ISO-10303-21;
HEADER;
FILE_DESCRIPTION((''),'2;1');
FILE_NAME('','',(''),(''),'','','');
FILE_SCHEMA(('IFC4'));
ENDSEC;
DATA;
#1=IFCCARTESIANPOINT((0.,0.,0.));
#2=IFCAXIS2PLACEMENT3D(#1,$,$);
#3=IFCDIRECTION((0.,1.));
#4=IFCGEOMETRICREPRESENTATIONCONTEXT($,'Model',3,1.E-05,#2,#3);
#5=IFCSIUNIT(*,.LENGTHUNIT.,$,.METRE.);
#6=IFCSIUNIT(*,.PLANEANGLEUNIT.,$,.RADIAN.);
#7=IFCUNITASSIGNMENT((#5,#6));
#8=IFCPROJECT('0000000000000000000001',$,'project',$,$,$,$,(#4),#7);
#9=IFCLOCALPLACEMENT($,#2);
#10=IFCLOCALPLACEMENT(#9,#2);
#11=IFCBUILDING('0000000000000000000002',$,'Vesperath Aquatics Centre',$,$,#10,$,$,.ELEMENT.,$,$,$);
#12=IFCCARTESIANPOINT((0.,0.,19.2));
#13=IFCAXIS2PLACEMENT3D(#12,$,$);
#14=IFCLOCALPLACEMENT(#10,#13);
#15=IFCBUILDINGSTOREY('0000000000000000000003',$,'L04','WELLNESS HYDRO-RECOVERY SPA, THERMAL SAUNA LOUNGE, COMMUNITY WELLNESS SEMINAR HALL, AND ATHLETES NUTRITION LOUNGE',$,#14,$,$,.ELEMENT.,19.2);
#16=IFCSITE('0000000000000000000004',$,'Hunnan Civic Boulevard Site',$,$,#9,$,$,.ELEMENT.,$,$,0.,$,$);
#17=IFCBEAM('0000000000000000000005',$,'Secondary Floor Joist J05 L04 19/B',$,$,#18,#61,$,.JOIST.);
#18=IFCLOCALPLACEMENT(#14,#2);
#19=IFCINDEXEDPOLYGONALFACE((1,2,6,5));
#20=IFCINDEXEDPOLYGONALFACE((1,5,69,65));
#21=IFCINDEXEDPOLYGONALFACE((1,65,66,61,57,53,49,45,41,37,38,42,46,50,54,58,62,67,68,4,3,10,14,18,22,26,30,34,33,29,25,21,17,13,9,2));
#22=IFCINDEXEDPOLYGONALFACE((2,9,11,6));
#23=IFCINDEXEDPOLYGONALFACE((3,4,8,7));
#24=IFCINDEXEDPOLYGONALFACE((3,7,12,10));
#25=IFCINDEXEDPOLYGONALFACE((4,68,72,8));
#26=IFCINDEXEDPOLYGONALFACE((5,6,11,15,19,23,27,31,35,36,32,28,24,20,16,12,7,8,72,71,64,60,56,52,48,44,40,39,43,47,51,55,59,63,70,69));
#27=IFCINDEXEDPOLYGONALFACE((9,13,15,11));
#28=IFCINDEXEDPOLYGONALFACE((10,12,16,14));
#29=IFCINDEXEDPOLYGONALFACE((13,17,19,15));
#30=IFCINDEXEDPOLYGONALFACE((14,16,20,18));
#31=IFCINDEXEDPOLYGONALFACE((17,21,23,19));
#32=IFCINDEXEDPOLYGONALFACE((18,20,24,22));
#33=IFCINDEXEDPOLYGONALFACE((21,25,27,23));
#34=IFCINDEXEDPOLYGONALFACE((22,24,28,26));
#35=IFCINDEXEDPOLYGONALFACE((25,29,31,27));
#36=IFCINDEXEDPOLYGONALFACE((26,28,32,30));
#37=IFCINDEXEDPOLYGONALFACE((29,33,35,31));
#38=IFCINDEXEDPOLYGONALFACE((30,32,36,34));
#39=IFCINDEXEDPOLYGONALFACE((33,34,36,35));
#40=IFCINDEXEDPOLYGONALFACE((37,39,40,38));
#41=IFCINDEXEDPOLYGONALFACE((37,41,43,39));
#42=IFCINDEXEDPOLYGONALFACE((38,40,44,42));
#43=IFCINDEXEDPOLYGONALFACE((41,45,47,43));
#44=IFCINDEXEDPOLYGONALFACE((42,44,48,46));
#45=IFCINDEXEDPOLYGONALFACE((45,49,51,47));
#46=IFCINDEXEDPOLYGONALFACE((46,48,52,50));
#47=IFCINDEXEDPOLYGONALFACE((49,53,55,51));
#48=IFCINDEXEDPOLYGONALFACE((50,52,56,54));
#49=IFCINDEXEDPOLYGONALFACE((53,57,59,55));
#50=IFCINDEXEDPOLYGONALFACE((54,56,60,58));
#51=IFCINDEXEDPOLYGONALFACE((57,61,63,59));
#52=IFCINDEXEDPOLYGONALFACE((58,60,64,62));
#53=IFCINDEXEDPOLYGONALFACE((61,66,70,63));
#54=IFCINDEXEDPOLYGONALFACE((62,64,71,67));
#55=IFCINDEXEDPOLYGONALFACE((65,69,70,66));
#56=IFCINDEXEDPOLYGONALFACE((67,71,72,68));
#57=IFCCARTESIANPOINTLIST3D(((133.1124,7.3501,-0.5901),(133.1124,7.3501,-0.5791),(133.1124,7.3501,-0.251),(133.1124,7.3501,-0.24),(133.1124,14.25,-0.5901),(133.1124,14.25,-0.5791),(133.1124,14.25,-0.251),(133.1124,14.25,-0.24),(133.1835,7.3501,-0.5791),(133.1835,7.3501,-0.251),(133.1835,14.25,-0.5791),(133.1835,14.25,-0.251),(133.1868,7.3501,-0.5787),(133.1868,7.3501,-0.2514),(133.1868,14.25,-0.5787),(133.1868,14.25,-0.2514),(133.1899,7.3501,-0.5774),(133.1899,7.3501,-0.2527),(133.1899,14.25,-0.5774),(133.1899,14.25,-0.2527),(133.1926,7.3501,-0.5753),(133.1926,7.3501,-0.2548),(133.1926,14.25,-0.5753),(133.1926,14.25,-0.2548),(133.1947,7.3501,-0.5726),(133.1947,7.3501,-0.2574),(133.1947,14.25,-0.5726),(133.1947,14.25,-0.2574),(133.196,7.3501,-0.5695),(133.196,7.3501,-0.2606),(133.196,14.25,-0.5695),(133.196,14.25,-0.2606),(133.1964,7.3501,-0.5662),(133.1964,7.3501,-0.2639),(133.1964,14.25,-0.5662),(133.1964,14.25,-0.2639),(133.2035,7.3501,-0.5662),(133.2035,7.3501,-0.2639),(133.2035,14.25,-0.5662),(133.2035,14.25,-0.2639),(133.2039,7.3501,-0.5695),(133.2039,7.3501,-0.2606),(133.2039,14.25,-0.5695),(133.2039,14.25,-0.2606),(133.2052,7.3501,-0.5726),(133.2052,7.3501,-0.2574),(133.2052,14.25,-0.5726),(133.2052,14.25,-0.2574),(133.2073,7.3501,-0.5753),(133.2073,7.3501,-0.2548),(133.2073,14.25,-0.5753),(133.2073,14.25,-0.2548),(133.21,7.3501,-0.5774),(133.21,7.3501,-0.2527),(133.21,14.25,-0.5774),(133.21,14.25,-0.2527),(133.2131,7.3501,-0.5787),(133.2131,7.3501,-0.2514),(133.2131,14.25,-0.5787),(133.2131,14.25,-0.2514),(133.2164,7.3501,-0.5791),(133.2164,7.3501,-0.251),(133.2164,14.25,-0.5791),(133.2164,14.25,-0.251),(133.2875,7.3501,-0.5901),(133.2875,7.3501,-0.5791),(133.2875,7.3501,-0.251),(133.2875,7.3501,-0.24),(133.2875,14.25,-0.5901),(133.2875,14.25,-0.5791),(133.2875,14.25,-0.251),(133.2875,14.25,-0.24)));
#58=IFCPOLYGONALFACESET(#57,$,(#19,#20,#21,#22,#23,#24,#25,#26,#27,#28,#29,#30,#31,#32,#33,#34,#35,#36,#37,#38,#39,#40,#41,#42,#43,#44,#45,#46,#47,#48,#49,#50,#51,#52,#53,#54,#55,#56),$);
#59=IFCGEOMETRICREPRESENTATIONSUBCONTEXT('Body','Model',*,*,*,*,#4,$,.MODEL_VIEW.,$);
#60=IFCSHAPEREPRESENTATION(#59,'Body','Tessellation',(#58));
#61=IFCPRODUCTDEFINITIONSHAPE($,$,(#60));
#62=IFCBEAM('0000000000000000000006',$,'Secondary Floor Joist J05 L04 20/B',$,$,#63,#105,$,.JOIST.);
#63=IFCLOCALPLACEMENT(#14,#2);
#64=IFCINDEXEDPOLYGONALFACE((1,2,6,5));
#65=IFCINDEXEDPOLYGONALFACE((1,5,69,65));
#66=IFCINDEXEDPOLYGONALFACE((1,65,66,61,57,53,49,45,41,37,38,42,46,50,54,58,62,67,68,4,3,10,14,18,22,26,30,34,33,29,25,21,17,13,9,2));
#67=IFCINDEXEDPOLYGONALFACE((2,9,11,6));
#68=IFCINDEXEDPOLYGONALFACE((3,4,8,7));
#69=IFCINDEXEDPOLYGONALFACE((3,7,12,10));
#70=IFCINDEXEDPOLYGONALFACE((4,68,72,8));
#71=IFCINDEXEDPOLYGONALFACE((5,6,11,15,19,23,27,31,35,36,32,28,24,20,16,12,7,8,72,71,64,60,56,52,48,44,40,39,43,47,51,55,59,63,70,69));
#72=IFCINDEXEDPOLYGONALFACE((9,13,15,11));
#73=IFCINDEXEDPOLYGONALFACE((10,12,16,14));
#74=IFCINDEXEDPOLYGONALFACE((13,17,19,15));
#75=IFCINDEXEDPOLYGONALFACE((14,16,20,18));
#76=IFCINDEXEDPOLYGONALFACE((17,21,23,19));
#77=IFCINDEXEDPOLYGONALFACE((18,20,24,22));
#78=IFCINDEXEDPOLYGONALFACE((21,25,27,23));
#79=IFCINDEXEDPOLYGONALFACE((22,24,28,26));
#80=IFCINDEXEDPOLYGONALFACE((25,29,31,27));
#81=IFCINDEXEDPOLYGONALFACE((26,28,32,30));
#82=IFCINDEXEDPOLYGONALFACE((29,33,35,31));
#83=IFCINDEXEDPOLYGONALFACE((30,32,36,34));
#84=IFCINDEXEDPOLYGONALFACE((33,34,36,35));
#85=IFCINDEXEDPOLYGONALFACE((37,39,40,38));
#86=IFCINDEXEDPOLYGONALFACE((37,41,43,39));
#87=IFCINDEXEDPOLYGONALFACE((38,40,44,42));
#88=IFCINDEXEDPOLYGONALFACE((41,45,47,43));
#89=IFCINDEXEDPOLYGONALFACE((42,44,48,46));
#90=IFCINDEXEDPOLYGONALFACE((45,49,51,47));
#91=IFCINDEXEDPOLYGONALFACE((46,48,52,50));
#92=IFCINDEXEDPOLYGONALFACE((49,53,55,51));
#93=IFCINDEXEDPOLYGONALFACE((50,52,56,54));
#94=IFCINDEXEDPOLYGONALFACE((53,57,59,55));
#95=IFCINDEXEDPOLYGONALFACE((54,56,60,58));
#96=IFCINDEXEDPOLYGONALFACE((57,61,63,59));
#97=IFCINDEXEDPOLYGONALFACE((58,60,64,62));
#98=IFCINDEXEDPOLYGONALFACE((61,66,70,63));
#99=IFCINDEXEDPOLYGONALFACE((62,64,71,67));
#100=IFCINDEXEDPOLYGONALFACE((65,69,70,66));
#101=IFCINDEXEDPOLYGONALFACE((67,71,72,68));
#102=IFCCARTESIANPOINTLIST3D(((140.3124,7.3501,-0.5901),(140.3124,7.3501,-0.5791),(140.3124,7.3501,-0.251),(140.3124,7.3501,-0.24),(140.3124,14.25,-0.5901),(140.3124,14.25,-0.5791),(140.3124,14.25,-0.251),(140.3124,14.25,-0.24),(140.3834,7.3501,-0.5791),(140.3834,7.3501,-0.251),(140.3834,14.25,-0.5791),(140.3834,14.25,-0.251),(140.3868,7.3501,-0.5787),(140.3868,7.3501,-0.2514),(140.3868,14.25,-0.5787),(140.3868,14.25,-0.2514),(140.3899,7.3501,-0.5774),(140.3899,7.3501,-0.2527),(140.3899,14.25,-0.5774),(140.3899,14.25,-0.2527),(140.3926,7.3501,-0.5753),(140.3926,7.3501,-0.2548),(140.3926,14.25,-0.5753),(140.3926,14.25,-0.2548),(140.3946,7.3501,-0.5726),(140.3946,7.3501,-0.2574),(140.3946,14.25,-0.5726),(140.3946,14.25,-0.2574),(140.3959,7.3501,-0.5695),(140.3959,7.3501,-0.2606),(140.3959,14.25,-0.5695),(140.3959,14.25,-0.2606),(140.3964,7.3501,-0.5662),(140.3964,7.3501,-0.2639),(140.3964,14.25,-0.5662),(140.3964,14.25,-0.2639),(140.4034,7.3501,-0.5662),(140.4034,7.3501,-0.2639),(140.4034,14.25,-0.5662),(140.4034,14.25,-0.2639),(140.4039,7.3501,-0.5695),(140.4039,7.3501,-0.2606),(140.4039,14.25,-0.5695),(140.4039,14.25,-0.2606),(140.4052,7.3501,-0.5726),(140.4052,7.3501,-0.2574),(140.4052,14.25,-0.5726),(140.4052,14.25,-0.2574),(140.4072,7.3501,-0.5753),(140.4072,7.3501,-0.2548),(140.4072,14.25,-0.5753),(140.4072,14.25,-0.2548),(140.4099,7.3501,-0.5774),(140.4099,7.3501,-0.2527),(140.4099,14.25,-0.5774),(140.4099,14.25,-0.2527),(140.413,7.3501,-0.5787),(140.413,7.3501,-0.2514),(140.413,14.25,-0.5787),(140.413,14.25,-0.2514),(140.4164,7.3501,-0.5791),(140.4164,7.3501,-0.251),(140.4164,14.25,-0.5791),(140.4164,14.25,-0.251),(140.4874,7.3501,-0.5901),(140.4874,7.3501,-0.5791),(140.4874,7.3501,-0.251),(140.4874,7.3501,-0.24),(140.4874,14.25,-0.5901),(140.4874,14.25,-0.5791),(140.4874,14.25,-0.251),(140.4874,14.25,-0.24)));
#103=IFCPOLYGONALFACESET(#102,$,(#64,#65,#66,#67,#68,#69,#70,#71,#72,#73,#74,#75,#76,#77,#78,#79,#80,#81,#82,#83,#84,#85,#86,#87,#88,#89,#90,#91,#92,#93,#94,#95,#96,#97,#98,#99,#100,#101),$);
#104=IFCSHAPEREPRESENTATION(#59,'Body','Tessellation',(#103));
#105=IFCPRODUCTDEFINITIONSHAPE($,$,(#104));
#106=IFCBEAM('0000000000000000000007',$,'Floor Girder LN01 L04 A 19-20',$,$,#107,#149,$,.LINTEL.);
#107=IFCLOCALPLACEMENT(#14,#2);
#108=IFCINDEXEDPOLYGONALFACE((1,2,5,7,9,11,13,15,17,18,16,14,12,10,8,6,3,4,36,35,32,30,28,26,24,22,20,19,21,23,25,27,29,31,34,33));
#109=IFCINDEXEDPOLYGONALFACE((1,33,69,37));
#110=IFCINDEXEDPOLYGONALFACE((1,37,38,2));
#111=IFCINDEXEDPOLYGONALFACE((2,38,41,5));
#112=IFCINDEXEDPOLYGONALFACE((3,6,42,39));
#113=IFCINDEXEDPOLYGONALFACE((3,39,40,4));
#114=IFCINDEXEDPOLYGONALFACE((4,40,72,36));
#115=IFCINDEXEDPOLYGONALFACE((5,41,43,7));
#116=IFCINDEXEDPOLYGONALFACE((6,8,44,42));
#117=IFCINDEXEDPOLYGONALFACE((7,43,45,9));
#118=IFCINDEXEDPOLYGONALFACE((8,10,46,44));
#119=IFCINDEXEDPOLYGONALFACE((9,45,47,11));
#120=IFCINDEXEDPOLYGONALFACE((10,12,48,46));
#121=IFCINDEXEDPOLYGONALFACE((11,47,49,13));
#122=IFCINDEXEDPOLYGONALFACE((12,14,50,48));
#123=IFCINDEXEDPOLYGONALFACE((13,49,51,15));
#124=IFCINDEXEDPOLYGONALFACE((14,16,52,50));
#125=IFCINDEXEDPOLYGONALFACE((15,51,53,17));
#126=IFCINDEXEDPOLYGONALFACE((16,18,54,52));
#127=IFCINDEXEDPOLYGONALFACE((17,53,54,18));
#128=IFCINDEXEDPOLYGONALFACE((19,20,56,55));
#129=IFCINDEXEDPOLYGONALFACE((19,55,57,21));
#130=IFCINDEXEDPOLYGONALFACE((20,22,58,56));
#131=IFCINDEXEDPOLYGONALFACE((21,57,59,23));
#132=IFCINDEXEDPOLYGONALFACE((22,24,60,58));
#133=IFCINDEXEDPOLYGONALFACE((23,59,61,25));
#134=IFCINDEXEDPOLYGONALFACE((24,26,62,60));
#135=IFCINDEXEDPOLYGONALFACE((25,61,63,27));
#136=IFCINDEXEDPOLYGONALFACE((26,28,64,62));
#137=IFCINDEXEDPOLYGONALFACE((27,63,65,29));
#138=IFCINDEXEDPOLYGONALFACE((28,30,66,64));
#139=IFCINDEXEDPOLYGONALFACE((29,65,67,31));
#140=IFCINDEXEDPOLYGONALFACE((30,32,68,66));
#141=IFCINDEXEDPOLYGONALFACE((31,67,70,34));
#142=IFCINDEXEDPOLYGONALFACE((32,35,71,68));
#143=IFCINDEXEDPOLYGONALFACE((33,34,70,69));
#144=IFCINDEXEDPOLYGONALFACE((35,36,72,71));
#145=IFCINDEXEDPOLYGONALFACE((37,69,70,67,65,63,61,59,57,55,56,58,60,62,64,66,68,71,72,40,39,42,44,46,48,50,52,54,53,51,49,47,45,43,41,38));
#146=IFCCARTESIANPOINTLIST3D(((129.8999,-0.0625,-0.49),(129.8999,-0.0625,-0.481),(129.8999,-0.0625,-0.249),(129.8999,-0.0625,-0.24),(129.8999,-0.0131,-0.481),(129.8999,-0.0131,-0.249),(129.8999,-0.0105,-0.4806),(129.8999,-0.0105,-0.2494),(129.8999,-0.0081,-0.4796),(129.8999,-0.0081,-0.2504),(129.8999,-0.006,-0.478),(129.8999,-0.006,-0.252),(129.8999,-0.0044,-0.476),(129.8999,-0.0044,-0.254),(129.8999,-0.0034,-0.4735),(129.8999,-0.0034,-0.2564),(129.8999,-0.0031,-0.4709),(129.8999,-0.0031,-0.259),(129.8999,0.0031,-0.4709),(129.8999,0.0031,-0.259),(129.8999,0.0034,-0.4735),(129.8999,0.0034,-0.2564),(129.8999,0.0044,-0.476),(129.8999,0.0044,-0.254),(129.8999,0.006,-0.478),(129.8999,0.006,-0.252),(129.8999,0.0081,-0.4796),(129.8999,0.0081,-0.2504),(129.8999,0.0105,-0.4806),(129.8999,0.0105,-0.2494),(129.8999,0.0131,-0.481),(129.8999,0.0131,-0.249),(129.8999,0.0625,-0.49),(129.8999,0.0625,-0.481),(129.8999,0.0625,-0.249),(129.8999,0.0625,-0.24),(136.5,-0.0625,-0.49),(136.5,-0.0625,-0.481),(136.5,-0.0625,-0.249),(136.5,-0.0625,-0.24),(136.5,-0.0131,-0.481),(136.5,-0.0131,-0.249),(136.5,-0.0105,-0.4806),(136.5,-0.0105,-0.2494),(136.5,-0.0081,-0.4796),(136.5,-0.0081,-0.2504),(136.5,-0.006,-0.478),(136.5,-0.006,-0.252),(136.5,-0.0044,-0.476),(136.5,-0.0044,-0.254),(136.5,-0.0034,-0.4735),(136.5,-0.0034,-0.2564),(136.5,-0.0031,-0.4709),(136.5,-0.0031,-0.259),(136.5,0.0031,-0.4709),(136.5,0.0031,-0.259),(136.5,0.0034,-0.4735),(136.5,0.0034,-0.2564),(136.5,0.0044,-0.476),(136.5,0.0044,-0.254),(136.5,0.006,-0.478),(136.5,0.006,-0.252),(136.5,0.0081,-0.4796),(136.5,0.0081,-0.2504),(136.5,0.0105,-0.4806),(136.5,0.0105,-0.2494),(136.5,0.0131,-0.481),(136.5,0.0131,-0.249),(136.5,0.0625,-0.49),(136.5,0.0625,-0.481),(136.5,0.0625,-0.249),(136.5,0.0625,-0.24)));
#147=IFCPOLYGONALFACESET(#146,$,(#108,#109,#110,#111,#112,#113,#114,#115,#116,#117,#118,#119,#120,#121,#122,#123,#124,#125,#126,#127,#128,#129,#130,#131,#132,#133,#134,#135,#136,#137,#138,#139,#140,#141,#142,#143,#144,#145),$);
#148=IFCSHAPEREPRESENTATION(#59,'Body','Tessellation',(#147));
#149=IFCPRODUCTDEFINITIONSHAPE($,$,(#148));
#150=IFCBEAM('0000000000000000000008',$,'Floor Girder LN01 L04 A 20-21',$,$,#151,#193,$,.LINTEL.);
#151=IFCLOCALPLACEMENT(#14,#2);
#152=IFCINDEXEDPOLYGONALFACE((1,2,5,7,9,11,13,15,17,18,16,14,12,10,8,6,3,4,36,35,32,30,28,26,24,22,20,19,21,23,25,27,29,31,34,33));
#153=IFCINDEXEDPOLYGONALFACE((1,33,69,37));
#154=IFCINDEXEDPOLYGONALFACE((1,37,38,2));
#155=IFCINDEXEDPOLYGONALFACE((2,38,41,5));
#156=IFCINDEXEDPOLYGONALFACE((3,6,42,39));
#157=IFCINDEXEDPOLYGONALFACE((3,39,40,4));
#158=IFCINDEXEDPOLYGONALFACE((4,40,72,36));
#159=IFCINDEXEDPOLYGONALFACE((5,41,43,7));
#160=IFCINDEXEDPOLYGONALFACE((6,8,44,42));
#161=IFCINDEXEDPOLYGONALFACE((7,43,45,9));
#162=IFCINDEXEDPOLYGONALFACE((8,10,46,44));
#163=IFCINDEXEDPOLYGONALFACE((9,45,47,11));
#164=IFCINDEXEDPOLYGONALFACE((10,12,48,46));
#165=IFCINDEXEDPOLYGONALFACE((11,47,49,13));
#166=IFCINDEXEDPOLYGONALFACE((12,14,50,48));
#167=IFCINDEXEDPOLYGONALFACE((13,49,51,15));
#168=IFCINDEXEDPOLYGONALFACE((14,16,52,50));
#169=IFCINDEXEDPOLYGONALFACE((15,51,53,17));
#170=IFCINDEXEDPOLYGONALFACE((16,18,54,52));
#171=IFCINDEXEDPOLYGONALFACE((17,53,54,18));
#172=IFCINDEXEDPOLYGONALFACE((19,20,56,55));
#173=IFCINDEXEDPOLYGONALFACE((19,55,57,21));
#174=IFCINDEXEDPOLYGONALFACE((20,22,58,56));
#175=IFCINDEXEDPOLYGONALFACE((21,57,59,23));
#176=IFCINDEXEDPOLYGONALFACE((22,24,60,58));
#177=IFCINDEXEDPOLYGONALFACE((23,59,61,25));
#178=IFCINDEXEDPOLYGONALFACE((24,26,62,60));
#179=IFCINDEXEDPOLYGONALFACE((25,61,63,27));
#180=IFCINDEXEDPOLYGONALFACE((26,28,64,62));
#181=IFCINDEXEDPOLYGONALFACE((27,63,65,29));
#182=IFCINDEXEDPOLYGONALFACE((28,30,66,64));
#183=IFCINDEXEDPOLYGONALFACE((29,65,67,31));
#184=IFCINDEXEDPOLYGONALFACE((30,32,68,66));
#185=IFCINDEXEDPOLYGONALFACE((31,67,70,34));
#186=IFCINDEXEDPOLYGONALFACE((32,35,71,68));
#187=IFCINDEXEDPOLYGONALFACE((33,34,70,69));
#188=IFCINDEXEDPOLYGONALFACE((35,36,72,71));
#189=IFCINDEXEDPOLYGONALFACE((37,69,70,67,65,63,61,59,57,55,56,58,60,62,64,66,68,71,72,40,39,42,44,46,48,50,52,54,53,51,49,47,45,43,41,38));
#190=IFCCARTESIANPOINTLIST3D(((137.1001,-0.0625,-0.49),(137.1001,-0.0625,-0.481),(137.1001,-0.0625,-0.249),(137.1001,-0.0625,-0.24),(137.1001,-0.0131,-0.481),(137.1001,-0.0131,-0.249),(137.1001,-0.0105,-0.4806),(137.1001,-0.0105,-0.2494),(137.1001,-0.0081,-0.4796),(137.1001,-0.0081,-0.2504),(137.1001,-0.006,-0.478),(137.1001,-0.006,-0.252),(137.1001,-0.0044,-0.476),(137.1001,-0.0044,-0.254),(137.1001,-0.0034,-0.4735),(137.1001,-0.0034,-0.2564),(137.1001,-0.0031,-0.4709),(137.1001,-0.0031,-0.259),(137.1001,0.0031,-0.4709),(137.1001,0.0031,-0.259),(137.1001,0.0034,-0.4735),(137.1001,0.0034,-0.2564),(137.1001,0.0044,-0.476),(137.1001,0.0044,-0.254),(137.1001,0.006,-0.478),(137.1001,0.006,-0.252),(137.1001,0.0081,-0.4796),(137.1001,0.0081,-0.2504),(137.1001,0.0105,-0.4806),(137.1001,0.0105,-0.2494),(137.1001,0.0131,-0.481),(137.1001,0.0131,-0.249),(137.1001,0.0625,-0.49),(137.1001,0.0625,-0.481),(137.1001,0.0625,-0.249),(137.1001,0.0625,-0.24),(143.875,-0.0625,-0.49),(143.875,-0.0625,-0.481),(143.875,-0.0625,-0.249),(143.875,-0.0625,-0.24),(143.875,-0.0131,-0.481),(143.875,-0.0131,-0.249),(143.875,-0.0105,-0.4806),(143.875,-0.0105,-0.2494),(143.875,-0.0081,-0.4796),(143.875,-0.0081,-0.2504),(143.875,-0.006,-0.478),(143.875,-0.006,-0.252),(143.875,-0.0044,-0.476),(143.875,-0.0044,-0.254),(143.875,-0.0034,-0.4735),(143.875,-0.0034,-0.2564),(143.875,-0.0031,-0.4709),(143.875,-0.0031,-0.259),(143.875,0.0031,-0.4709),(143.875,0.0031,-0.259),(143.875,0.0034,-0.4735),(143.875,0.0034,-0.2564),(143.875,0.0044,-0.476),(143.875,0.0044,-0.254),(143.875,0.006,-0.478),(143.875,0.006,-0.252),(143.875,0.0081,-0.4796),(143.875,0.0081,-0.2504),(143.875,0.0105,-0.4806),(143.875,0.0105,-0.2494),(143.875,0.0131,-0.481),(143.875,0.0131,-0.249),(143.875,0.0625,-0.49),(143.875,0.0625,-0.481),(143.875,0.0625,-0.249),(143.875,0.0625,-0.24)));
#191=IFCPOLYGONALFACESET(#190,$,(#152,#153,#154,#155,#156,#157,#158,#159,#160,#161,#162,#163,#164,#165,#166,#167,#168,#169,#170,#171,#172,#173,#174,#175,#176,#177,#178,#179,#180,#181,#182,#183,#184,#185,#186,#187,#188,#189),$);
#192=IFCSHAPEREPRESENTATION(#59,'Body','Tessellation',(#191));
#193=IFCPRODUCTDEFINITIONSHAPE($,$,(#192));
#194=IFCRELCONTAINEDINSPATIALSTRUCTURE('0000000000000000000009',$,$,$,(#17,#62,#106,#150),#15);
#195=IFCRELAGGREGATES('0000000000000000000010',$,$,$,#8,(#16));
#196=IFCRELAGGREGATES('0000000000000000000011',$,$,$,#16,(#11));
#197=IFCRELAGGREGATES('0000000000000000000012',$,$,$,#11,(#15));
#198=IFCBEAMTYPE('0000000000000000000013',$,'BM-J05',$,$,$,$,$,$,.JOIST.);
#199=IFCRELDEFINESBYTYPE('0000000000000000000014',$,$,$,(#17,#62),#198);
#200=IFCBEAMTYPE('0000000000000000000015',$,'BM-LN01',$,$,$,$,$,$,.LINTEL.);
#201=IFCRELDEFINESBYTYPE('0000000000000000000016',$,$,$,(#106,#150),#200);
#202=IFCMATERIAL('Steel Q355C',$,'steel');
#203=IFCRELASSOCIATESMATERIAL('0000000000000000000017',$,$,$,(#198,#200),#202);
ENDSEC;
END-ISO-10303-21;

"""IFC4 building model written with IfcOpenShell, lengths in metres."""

from ifc_helpers import new_model, si_unit, direction, frame, origin, origin_2d, place, context, subcontext, project, spatial, i_section, extrude, material, material_profile, profile_set, type_object, element, save


model = new_model("IFC4")

# Units and contexts
model_context = context("Model", 3, precision=1e-05, world=origin(), true_north=direction((0.0, 1.0)))
body_context = subcontext(model_context, "Body", "Model", "MODEL_VIEW")
ifc_project = project(units=[si_unit("LENGTHUNIT", "METRE"), si_unit("PLANEANGLEUNIT", "RADIAN")], contexts=[model_context])

# Site, building, storey
site_placement = place(None, origin())
site = spatial("IfcSite", under=ifc_project, at=site_placement, Name="Hunnan Civic Boulevard Site", CompositionType="ELEMENT", RefElevation=0.0)
building_placement = place(site_placement, origin())
building = spatial("IfcBuilding", under=site, at=building_placement, Name="Vesperath Aquatics Centre", CompositionType="ELEMENT")
storey_placement = place(building_placement, frame((0.0, 0.0, 19.2)))
storey = spatial("IfcBuildingStorey", under=building, at=storey_placement, Name="L04", Description="WELLNESS HYDRO-RECOVERY SPA, THERMAL SAUNA LOUNGE, COMMUNITY WELLNESS SEMINAR HALL, AND ATHLETES NUTRITION LOUNGE", CompositionType="ELEMENT", Elevation=19.2)

# Shared definitions
ifc_material_1 = material(Name="Steel Q355C", Category="steel")

# Beams
ifc_material_profile_1 = material_profile(ifc_material_1, i_section(OverallWidth=0.175, OverallDepth=0.3501, WebThickness=0.0071, FlangeThickness=0.011, FilletRadius=0.0129, at=origin_2d()), Name="HN 350x175x7x11")
ifc_profile_set_1 = profile_set([ifc_material_profile_1], Name="Steel Q355C")
beam_type_1 = type_object("IfcBeamType", Name="BM-J05", PredefinedType="JOIST", material=ifc_profile_set_1)
for number, where, z_axis, x_axis, name in (
    (1, (133.2, 7.3501, -0.415), (0.0, 1.0, 0.0), (-1.0, 0.0, 0.0), "Secondary Floor Joist J05 L04 19/B"),
    (2, (140.3999, 7.3501, -0.415), (0.0, 1.0, 0.0), (-1.0, 0.0, 0.0), "Secondary Floor Joist J05 L04 20/B"),
):
    element("IfcBeam", number, at=place(storey_placement, frame(where, z_axis=z_axis, x_axis=x_axis)), inside=storey, type_object=beam_type_1, Name=name, PredefinedType="JOIST", context=body_context, shape_type="SweptSolid", body=[
        extrude(i_section(OverallWidth=0.175, OverallDepth=0.3501, WebThickness=0.0071, FlangeThickness=0.011, FilletRadius=0.0129, at=origin_2d()), origin(), (0.0, 0.0, 1.0), 6.8999),
    ])
ifc_material_profile_2 = material_profile(ifc_material_1, i_section(OverallWidth=0.125, OverallDepth=0.25, WebThickness=0.0061, FlangeThickness=0.009, FilletRadius=0.01, at=origin_2d()), Name="HN 250x125x6x9")
ifc_profile_set_2 = profile_set([ifc_material_profile_2], Name="Steel Q355C")
beam_type_2 = type_object("IfcBeamType", Name="BM-LN01", PredefinedType="LINTEL", material=ifc_profile_set_2)
beam_1_placement = place(storey_placement, frame((129.8999, 0.0, -0.365), z_axis=(1.0, 0.0, 0.0), x_axis=(0.0, 1.0, 0.0)))
element("IfcBeam", 3, at=beam_1_placement, inside=storey, type_object=beam_type_2, Name="Floor Girder LN01 L04 A 19-20", PredefinedType="LINTEL", context=body_context, shape_type="SweptSolid", body=[
    extrude(i_section(OverallWidth=0.125, OverallDepth=0.25, WebThickness=0.0061, FlangeThickness=0.009, FilletRadius=0.01, at=origin_2d()), origin(), (0.0, 0.0, 1.0), 6.6001),
])
beam_2_placement = place(storey_placement, frame((137.1001, 0.0, -0.365), z_axis=(1.0, 0.0, 0.0), x_axis=(0.0, 1.0, 0.0)))
element("IfcBeam", 4, at=beam_2_placement, inside=storey, type_object=beam_type_2, Name="Floor Girder LN01 L04 A 20-21", PredefinedType="LINTEL", context=body_context, shape_type="SweptSolid", body=[
    extrude(i_section(OverallWidth=0.125, OverallDepth=0.25, WebThickness=0.0061, FlangeThickness=0.009, FilletRadius=0.01, at=origin_2d()), origin(), (0.0, 0.0, 1.0), 6.7749),
])

save(model, "model.ifc")
